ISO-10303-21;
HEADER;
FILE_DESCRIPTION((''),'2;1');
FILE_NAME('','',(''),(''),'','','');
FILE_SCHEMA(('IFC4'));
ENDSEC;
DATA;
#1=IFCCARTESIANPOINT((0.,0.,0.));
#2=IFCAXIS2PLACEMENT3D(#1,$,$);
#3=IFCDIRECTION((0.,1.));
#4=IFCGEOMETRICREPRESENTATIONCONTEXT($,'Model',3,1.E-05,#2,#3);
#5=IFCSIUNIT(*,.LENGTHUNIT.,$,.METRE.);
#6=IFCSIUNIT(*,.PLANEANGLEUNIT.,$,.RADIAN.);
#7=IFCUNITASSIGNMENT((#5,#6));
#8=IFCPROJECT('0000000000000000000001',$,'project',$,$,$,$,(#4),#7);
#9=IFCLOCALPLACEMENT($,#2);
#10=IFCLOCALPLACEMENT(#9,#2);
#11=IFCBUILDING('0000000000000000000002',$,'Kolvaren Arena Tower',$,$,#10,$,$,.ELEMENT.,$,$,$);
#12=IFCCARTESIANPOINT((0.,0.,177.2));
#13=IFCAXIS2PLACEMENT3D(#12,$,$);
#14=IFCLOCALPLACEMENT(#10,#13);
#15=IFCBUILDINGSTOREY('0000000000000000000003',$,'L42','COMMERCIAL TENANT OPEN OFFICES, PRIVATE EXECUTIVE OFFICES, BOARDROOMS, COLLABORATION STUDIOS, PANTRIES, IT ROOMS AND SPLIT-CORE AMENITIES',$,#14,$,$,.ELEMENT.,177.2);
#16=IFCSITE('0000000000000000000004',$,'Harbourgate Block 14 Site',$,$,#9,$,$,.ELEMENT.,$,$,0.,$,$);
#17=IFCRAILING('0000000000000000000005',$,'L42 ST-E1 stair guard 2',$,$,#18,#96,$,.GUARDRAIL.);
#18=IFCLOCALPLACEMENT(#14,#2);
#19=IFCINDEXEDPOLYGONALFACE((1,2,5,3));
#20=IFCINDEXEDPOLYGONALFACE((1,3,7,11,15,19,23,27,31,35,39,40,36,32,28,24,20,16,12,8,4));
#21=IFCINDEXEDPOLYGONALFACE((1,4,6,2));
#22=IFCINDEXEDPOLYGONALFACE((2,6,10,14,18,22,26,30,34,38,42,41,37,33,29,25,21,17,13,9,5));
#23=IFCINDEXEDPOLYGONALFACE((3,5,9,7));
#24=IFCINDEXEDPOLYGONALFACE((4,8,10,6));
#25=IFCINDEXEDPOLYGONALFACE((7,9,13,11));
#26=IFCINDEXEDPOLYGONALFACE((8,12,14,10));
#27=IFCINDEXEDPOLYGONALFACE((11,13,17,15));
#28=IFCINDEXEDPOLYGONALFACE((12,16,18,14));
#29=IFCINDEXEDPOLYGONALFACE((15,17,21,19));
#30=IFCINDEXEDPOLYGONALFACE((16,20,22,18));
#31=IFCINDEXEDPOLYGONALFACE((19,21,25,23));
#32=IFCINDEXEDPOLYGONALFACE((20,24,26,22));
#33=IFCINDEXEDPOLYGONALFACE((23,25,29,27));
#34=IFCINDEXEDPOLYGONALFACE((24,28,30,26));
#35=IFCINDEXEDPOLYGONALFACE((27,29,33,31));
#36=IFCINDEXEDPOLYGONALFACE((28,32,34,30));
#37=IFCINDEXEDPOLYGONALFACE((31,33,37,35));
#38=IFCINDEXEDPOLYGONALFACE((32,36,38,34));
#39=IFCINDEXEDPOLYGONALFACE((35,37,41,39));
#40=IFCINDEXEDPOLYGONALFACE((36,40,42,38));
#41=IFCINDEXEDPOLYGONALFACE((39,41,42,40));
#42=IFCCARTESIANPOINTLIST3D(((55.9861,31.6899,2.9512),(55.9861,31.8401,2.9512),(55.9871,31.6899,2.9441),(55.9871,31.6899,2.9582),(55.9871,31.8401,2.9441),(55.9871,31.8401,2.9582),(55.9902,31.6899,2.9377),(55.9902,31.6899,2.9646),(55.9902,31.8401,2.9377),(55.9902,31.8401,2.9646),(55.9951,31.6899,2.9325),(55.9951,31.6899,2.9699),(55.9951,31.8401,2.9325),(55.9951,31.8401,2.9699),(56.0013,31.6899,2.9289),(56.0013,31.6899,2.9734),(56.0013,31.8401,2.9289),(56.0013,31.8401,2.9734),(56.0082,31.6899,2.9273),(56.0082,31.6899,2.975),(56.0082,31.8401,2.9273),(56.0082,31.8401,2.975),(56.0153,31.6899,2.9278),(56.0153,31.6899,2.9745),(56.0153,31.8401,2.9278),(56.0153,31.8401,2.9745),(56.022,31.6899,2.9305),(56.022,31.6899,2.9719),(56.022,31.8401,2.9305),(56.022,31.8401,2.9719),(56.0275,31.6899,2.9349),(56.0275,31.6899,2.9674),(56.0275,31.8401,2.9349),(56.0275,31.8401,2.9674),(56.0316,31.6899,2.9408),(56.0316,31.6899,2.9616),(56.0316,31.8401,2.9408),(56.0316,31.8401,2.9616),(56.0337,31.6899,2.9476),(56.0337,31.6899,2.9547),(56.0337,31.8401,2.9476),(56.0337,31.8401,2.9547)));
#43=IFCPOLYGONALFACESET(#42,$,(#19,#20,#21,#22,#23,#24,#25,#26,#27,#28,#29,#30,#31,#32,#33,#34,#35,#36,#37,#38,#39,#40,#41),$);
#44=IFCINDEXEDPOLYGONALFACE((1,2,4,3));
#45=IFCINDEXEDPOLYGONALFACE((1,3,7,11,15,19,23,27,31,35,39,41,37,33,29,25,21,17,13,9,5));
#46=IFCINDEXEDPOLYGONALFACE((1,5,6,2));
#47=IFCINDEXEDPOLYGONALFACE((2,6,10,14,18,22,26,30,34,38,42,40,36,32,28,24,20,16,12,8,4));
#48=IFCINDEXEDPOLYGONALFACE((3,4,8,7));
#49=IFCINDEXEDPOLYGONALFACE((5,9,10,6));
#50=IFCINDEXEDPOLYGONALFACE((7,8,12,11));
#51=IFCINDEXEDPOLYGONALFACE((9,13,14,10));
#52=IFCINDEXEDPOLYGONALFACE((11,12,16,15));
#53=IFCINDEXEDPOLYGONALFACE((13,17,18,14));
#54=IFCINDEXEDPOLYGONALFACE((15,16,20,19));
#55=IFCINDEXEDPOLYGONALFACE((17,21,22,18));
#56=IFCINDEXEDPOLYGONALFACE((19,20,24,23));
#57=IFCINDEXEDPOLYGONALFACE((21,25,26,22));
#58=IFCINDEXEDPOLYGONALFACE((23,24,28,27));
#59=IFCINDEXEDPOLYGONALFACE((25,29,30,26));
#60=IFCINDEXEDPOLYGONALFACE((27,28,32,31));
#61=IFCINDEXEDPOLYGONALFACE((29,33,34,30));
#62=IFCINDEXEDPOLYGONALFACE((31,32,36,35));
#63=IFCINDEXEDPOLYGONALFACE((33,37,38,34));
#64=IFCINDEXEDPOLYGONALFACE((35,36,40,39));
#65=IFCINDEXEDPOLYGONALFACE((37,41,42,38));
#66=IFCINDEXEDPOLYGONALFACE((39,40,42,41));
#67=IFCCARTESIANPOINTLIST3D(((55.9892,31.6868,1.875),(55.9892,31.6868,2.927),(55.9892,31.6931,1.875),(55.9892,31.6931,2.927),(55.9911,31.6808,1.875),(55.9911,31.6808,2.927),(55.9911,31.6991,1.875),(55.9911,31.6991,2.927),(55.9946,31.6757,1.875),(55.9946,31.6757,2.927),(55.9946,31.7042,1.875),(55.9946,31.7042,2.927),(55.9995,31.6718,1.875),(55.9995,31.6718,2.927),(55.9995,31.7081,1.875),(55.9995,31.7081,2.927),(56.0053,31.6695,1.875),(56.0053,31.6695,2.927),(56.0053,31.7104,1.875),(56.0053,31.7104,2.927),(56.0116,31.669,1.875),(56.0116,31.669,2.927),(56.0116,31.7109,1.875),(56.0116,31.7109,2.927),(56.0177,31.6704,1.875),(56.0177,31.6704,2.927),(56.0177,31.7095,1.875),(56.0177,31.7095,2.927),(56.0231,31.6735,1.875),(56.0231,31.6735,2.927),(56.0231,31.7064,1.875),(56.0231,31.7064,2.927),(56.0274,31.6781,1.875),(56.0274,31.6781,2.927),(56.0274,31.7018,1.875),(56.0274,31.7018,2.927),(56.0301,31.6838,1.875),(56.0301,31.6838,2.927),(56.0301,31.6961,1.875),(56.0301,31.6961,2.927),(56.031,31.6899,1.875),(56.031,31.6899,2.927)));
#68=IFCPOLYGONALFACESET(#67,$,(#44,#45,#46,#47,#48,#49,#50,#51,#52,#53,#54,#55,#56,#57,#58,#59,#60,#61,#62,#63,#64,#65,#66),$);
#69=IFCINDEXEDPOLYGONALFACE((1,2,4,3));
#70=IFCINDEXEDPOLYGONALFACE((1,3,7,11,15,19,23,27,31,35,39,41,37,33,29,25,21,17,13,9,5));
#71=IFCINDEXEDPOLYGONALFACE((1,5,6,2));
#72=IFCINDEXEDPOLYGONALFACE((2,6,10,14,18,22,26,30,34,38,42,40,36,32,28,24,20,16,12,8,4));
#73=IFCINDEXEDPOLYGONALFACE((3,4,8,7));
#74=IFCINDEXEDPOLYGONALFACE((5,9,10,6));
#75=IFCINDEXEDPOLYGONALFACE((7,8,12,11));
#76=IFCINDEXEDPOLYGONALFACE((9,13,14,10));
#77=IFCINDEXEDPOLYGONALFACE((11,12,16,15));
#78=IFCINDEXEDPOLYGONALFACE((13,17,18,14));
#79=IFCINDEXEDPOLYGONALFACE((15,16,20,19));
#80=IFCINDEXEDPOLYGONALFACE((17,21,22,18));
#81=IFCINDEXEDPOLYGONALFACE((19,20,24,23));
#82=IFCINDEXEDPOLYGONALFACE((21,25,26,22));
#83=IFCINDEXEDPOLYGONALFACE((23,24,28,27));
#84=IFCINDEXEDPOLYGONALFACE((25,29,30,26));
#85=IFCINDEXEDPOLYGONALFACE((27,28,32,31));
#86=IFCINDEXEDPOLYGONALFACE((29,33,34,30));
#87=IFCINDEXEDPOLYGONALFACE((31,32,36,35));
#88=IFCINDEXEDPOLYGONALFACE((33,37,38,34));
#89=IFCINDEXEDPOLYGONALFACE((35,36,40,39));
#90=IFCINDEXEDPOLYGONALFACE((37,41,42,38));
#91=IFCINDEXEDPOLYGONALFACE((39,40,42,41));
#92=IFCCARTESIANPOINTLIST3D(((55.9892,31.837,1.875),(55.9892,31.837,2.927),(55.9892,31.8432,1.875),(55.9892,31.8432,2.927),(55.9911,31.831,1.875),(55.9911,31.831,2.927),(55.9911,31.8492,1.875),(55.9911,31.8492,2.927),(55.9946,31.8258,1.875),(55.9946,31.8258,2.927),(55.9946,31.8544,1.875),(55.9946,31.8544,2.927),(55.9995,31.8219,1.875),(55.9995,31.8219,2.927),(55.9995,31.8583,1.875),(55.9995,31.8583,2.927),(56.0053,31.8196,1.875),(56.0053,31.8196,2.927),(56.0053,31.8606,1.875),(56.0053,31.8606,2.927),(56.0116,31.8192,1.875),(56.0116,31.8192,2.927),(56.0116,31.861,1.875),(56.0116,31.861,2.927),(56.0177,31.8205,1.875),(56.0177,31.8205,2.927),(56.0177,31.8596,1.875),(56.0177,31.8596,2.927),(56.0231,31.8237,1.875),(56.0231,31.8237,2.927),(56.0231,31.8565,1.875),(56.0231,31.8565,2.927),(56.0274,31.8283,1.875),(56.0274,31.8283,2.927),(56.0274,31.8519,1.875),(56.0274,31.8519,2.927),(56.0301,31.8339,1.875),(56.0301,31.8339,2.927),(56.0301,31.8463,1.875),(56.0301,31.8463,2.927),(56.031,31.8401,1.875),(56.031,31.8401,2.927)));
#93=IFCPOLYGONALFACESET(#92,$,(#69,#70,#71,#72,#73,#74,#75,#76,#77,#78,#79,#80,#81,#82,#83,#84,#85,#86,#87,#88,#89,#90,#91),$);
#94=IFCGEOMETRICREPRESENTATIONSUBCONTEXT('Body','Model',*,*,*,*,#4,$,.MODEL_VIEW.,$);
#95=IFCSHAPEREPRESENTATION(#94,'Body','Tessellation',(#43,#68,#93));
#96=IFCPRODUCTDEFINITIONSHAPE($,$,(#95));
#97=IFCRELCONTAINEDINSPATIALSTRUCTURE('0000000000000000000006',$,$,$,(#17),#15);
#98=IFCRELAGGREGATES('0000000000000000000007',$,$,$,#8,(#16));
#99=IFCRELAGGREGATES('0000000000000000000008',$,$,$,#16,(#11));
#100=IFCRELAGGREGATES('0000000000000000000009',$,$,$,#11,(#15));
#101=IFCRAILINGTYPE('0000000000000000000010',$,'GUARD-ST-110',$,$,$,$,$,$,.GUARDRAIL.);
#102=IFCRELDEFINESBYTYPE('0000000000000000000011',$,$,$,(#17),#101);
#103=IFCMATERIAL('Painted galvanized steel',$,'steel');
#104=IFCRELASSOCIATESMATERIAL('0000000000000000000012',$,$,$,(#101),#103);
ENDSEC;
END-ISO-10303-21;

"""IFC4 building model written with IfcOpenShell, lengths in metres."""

from ifc_helpers import new_model, si_unit, direction, frame, origin, origin_2d, place, context, subcontext, project, spatial, circle, extrude, material, type_object, element, save


model = new_model("IFC4")

# Units and contexts
model_context = context("Model", 3, precision=1e-05, world=origin(), true_north=direction((0.0, 1.0)))
body_context = subcontext(model_context, "Body", "Model", "MODEL_VIEW")
ifc_project = project(units=[si_unit("LENGTHUNIT", "METRE"), si_unit("PLANEANGLEUNIT", "RADIAN")], contexts=[model_context])

# Site, building, storey
site_placement = place(None, origin())
site = spatial("IfcSite", under=ifc_project, at=site_placement, Name="Harbourgate Block 14 Site", CompositionType="ELEMENT", RefElevation=0.0)
building_placement = place(site_placement, origin())
building = spatial("IfcBuilding", under=site, at=building_placement, Name="Kolvaren Arena Tower", CompositionType="ELEMENT")
storey_placement = place(building_placement, frame((0.0, 0.0, 177.2)))
storey = spatial("IfcBuildingStorey", under=building, at=storey_placement, Name="L42", Description="COMMERCIAL TENANT OPEN OFFICES, PRIVATE EXECUTIVE OFFICES, BOARDROOMS, COLLABORATION STUDIOS, PANTRIES, IT ROOMS AND SPLIT-CORE AMENITIES", CompositionType="ELEMENT", Elevation=177.2)

# Railing
ifc_material_1 = material(Name="Painted galvanized steel", Category="steel")
railing_type_1 = type_object("IfcRailingType", Name="GUARD-ST-110", PredefinedType="GUARDRAIL", material=ifc_material_1)
railing_1_placement = place(storey_placement, frame((56.01, 31.6899, 1.875)))
element("IfcRailing", 1, at=railing_1_placement, inside=storey, type_object=railing_type_1, Name="L42 ST-E1 stair guard 2", PredefinedType="GUARDRAIL", context=body_context, shape_type="SweptSolid", body=[
    extrude(circle(Radius=0.0239, at=origin_2d()), frame((0.0, 0.0, 1.0762), z_axis=(0.0, 1.0, 0.0), x_axis=(-1.0, 0.0, 0.0)), (0.0, 0.0, 1.0), 0.1501),
    extrude(circle(Radius=0.021, at=origin_2d()), origin(), (0.0, 0.0, 1.0), 1.052),
    extrude(circle(Radius=0.021, at=origin_2d()), frame((0.0, 0.1501, 0.0)), (0.0, 0.0, 1.0), 1.052),
])

save(model, "model.ifc")
